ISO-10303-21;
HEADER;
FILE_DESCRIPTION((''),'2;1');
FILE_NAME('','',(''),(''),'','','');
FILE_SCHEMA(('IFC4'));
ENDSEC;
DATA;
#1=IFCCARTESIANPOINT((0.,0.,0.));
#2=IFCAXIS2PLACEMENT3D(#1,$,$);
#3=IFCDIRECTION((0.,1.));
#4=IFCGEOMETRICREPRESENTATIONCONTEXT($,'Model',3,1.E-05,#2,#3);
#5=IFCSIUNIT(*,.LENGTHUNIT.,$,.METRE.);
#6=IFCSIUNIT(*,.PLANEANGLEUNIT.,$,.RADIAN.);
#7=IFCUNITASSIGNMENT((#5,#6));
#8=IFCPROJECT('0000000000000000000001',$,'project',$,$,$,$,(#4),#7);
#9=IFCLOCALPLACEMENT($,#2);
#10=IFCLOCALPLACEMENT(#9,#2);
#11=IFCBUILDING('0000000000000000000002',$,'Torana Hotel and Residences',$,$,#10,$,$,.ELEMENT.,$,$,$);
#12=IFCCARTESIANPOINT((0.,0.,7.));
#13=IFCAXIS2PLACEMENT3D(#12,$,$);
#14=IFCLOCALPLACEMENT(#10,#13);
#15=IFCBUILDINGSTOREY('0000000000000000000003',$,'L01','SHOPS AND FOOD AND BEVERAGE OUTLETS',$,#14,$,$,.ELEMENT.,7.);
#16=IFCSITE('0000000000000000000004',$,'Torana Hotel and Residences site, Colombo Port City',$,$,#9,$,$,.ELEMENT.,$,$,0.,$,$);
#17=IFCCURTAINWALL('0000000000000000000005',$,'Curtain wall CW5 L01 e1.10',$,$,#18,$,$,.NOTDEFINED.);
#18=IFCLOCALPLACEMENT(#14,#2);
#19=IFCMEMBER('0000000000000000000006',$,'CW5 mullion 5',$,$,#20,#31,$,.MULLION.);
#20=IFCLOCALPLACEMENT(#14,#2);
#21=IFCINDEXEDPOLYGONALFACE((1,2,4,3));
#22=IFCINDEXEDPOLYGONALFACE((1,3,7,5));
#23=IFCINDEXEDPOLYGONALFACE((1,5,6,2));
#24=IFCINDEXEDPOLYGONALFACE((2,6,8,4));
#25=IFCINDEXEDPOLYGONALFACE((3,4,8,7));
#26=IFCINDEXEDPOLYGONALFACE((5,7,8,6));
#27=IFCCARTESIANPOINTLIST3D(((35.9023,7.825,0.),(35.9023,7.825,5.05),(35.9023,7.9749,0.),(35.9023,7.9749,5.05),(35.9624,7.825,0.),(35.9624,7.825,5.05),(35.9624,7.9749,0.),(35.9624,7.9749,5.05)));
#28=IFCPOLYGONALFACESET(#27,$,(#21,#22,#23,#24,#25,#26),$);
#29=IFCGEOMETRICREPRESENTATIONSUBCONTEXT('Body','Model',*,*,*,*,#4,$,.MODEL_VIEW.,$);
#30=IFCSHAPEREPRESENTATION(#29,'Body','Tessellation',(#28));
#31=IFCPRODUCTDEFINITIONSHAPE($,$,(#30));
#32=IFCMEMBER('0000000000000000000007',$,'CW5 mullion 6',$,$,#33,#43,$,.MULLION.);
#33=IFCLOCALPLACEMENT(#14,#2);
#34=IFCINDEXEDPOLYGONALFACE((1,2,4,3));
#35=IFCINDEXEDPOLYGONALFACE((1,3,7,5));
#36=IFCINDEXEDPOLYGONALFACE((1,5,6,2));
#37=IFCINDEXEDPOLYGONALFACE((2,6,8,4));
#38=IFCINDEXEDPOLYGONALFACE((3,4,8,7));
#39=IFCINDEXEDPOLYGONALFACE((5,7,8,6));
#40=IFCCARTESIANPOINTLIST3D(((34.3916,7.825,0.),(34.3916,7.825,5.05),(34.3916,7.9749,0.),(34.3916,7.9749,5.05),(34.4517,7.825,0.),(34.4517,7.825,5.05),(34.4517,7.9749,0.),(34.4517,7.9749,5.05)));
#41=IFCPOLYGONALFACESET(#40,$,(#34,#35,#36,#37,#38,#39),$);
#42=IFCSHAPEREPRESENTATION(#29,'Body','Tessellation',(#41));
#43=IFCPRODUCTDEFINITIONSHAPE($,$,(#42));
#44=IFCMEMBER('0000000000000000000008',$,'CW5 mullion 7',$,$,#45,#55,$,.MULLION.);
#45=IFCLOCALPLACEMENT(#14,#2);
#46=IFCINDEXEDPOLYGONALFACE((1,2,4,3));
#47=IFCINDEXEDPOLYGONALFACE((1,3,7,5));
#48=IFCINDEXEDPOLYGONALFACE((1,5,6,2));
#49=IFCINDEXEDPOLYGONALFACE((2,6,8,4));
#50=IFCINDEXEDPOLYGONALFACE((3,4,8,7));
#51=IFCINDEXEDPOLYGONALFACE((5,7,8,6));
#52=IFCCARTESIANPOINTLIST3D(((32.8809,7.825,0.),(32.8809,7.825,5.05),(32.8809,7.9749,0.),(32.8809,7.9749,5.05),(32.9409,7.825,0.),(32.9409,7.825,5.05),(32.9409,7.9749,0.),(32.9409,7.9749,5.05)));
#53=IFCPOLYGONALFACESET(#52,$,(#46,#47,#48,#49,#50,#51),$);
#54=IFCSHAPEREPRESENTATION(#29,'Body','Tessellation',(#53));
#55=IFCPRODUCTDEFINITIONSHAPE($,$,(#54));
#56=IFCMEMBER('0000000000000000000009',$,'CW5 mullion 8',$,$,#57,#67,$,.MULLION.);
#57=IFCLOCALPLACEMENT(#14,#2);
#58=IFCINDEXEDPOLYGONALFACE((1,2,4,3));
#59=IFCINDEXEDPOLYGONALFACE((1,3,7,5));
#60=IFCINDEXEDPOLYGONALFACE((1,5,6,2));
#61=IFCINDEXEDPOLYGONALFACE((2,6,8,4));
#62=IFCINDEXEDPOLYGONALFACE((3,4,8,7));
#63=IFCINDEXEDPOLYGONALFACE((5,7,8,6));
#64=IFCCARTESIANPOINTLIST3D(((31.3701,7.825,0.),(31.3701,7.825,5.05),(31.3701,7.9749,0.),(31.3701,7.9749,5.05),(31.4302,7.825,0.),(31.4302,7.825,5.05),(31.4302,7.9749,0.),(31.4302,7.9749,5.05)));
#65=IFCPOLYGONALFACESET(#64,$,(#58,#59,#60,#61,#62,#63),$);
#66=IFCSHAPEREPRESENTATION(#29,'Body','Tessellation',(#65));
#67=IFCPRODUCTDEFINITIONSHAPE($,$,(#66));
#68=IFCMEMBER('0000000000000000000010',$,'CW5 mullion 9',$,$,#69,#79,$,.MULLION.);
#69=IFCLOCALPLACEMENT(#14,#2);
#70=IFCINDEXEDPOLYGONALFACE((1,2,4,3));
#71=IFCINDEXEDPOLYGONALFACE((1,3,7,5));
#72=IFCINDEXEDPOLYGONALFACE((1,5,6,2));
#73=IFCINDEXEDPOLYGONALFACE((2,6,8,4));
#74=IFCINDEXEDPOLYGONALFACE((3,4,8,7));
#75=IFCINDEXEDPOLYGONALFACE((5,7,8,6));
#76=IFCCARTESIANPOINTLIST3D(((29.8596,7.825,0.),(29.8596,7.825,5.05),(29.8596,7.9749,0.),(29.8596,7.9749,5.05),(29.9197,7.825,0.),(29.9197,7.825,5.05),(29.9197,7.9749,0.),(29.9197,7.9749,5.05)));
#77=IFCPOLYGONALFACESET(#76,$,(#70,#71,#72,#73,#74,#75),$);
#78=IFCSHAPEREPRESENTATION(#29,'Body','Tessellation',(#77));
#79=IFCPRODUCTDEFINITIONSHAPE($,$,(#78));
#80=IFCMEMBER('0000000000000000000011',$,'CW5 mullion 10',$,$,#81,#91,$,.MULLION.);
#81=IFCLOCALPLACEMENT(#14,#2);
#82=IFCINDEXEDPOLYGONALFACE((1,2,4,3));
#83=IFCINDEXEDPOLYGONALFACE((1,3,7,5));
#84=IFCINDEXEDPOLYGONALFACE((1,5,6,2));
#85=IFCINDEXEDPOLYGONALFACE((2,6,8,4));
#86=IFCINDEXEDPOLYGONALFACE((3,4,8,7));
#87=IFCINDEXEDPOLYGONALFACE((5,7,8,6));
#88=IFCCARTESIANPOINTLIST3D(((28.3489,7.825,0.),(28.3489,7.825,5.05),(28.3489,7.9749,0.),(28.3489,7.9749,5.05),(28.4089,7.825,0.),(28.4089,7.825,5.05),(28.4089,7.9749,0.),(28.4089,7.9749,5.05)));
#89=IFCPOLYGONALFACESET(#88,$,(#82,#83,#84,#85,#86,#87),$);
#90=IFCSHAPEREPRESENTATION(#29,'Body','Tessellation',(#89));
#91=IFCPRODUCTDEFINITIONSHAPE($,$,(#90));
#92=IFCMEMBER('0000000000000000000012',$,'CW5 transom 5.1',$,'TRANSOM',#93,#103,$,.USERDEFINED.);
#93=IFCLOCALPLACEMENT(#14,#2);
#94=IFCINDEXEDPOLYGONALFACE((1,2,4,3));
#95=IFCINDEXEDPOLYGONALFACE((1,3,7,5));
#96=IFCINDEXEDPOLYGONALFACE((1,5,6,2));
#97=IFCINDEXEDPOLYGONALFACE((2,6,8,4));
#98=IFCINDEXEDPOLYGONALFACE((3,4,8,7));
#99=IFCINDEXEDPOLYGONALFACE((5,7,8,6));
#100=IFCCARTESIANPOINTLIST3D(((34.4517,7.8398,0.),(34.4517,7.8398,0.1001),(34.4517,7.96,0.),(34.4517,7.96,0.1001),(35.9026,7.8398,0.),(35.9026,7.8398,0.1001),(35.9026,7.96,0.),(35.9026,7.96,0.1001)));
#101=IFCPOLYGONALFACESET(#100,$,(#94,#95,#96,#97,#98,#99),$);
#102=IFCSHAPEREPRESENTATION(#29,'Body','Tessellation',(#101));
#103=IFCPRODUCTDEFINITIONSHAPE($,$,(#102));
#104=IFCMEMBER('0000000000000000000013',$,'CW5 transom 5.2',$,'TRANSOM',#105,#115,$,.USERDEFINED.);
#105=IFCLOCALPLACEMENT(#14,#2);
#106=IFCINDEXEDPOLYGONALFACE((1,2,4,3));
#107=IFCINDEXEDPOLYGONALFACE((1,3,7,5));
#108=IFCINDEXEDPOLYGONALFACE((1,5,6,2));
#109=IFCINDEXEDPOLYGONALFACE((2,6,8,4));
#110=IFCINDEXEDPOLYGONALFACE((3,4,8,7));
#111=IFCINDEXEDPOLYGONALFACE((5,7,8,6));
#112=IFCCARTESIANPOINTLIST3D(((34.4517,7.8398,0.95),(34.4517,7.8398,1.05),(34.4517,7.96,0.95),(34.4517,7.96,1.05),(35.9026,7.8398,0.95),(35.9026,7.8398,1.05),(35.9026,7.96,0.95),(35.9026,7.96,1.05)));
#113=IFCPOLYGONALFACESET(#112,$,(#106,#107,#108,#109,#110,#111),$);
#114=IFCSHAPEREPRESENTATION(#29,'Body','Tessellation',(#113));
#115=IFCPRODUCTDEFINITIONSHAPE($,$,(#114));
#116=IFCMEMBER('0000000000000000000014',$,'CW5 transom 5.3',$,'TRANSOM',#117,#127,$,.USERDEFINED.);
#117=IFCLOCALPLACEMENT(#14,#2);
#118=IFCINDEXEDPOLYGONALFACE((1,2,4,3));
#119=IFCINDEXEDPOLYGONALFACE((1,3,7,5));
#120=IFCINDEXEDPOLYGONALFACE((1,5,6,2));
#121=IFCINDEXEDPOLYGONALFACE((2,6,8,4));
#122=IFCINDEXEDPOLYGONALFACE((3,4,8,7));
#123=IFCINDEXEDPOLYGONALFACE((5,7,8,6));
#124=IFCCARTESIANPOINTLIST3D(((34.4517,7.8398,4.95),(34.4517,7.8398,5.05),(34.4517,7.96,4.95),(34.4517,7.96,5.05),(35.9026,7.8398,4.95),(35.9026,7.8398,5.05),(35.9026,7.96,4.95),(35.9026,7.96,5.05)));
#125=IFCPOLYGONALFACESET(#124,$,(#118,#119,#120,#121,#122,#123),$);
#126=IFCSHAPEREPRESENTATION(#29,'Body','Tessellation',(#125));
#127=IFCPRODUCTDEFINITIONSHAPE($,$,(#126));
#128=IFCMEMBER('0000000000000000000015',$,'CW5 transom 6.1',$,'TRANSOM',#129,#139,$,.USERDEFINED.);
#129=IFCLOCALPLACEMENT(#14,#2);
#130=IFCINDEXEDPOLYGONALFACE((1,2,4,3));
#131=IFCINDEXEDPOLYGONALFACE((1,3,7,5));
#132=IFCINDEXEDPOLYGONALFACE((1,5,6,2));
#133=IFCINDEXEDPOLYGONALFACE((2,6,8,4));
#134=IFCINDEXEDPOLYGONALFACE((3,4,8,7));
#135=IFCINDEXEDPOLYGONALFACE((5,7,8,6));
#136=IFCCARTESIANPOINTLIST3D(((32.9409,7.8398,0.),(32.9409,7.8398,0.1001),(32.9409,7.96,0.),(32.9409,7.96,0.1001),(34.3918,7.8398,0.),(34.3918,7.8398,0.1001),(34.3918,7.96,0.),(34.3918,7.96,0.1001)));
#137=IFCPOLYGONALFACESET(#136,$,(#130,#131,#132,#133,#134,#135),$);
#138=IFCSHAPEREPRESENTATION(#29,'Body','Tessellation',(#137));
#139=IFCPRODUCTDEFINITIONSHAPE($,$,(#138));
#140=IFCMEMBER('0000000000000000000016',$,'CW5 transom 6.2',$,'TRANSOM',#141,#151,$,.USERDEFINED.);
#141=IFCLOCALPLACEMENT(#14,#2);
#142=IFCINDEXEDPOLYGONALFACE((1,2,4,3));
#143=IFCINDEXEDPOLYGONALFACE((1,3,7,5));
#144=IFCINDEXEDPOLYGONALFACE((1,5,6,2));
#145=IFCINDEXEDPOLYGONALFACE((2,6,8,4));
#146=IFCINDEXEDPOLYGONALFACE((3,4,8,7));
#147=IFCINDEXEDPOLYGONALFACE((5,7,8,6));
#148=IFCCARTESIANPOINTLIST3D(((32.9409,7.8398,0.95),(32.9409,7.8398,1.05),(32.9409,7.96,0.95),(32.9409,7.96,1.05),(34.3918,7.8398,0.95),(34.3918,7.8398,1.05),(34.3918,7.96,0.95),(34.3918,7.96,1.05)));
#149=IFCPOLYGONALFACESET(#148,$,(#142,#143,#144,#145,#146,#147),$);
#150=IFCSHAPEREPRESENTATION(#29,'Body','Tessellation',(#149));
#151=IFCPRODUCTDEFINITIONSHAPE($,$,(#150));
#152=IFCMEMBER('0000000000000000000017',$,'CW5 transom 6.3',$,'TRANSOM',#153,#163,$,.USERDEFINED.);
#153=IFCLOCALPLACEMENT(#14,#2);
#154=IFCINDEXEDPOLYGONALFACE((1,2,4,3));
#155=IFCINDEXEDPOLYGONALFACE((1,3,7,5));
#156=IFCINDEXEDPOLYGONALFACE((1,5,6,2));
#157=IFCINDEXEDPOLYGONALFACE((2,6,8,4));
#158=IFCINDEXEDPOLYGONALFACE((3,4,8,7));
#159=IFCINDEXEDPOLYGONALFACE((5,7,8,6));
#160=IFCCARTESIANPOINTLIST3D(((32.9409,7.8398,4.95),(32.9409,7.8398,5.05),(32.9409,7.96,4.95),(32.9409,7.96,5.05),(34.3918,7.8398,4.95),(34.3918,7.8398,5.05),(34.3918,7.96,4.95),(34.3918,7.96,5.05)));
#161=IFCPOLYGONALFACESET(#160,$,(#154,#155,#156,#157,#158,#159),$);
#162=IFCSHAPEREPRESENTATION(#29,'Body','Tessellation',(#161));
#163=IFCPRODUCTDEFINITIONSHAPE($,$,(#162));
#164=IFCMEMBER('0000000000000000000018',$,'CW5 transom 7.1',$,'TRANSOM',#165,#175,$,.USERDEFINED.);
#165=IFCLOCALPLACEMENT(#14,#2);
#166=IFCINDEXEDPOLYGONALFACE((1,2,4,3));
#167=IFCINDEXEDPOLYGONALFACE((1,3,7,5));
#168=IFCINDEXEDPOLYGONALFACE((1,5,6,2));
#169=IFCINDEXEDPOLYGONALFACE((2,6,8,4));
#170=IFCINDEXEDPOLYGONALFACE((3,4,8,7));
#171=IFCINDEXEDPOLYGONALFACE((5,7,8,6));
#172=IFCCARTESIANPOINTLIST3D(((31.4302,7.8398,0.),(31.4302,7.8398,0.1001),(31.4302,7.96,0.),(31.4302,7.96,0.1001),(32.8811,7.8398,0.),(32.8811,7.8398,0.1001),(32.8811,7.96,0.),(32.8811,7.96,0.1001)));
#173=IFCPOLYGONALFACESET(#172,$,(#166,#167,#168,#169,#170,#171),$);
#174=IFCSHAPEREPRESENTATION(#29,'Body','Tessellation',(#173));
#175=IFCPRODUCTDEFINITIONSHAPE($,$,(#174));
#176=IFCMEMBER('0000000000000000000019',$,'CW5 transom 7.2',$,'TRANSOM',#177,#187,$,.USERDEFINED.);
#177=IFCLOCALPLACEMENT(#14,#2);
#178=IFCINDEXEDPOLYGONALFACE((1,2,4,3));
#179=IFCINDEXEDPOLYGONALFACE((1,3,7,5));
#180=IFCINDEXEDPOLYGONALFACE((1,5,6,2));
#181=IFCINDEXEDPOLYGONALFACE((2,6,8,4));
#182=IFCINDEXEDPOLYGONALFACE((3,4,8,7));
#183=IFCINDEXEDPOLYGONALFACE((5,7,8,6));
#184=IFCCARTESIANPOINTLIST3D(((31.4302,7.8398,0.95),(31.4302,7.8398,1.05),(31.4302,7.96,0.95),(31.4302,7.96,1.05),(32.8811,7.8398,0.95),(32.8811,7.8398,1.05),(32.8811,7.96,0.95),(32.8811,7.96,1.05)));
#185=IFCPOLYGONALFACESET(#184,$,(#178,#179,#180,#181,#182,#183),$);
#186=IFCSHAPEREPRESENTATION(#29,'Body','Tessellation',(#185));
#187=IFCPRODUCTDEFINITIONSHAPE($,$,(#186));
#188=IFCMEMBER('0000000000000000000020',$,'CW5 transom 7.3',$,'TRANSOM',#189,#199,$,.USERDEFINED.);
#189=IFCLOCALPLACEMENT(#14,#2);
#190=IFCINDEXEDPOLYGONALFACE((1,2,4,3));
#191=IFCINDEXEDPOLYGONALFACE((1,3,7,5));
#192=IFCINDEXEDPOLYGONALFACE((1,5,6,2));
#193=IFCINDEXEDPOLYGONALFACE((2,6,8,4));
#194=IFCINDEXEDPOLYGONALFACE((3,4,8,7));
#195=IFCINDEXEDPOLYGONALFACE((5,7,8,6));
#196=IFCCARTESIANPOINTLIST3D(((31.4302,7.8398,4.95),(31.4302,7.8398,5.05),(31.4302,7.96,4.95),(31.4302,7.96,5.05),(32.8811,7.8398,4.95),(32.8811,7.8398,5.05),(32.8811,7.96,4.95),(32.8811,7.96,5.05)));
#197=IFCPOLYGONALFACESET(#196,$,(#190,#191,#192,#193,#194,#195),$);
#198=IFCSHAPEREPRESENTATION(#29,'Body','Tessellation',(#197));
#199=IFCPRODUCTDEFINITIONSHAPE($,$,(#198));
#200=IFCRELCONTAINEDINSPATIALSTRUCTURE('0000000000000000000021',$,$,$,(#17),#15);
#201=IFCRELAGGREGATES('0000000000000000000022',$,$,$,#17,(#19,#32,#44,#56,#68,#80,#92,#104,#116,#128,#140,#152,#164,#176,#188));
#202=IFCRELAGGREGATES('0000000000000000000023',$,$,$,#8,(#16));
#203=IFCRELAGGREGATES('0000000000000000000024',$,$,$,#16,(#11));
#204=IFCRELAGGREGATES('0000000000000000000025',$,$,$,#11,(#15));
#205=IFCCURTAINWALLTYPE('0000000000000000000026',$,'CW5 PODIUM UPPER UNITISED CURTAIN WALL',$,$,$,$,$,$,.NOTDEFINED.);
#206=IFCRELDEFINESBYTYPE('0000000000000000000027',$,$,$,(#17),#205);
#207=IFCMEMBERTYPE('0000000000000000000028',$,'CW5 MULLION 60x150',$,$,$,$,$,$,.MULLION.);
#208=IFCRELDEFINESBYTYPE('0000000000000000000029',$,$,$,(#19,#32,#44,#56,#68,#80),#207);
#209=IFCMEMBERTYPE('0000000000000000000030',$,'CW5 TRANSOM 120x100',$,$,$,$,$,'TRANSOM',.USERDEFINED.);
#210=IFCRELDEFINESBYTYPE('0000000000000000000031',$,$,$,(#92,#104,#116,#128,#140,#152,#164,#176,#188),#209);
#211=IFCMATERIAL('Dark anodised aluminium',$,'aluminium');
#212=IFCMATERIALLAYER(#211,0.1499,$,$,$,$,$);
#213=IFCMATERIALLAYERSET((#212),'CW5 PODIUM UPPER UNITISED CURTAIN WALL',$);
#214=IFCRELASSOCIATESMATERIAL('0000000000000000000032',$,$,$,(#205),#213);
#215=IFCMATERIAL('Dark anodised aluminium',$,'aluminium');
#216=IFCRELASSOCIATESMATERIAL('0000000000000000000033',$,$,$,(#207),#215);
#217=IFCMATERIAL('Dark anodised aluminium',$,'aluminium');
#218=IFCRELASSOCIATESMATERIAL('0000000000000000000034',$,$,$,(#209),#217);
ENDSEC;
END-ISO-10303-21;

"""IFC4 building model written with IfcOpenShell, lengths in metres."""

from ifc_helpers import new_model, si_unit, direction, frame, origin, origin_2d, place, context, subcontext, project, spatial, rectangle, extrude, material, layer, layer_set, material_profile, profile_set, type_object, element, aggregate, save


model = new_model("IFC4")

# Units and contexts
model_context = context("Model", 3, precision=1e-05, world=origin(), true_north=direction((0.0, 1.0)))
body_context = subcontext(model_context, "Body", "Model", "MODEL_VIEW")
ifc_project = project(units=[si_unit("LENGTHUNIT", "METRE"), si_unit("PLANEANGLEUNIT", "RADIAN")], contexts=[model_context])

# Site, building, storey
site_placement = place(None, origin())
site = spatial("IfcSite", under=ifc_project, at=site_placement, Name="Torana Hotel and Residences site, Colombo Port City", CompositionType="ELEMENT", RefElevation=0.0)
building_placement = place(site_placement, origin())
building = spatial("IfcBuilding", under=site, at=building_placement, Name="Torana Hotel and Residences", CompositionType="ELEMENT")
storey_placement = place(building_placement, frame((0.0, 0.0, 7.0)))
storey = spatial("IfcBuildingStorey", under=building, at=storey_placement, Name="L01", Description="SHOPS AND FOOD AND BEVERAGE OUTLETS", CompositionType="ELEMENT", Elevation=7.0)

# Curtain wall, members
ifc_material_1 = material(Name="Dark anodised aluminium", Category="aluminium")
ifc_layer_1 = layer(ifc_material_1, 0.1499)
ifc_layer_set_1 = layer_set([ifc_layer_1], Name="CW5 PODIUM UPPER UNITISED CURTAIN WALL")
curtain_wall_type = type_object("IfcCurtainWallType", Name="CW5 PODIUM UPPER UNITISED CURTAIN WALL", PredefinedType="NOTDEFINED", material=ifc_layer_set_1)
curtain_wall_placement = place(storey_placement, origin())
curtain_wall = element("IfcCurtainWall", 1, at=curtain_wall_placement, inside=storey, type_object=curtain_wall_type, Name="Curtain wall CW5 L01 e1.10", PredefinedType="NOTDEFINED")
ifc_material_2 = material(Name="Dark anodised aluminium", Category="aluminium")
ifc_material_profile_1 = material_profile(ifc_material_2, rectangle(XDim=0.1499, YDim=0.0601, at=origin_2d()), Name="CW5 MULLION 60x150")
ifc_profile_set_1 = profile_set([ifc_material_profile_1], Name="Dark anodised aluminium")
member_type_1 = type_object("IfcMemberType", Name="CW5 MULLION 60x150", PredefinedType="MULLION", material=ifc_profile_set_1)
member_1_placement = place(storey_placement, frame((35.9324, 7.8999, 0.0), z_axis=(0.0, 0.0, 1.0), x_axis=(0.0, -1.0, 0.0)))
member_1 = element("IfcMember", 2, at=member_1_placement, type_object=member_type_1, Name="CW5 mullion 5", PredefinedType="MULLION", context=body_context, shape_type="SweptSolid", body=[
    extrude(rectangle(XDim=0.1499, YDim=0.0601, at=origin_2d()), origin(), (0.0, 0.0, 1.0), 5.05),
])
member_2_placement = place(storey_placement, frame((34.4216, 7.8999, 0.0), z_axis=(0.0, 0.0, 1.0), x_axis=(0.0, -1.0, 0.0)))
member_2 = element("IfcMember", 3, at=member_2_placement, type_object=member_type_1, Name="CW5 mullion 6", PredefinedType="MULLION", context=body_context, shape_type="SweptSolid", body=[
    extrude(rectangle(XDim=0.1499, YDim=0.0601, at=origin_2d()), origin(), (0.0, 0.0, 1.0), 5.05),
])
member_3_placement = place(storey_placement, frame((32.9109, 7.8999, 0.0), z_axis=(0.0, 0.0, 1.0), x_axis=(0.0, -1.0, 0.0)))
member_3 = element("IfcMember", 4, at=member_3_placement, type_object=member_type_1, Name="CW5 mullion 7", PredefinedType="MULLION", context=body_context, shape_type="SweptSolid", body=[
    extrude(rectangle(XDim=0.1499, YDim=0.0601, at=origin_2d()), origin(), (0.0, 0.0, 1.0), 5.05),
])
member_4_placement = place(storey_placement, frame((31.4001, 7.8999, 0.0), z_axis=(0.0, 0.0, 1.0), x_axis=(0.0, -1.0, 0.0)))
member_4 = element("IfcMember", 5, at=member_4_placement, type_object=member_type_1, Name="CW5 mullion 8", PredefinedType="MULLION", context=body_context, shape_type="SweptSolid", body=[
    extrude(rectangle(XDim=0.1499, YDim=0.0601, at=origin_2d()), origin(), (0.0, 0.0, 1.0), 5.05),
])
member_5_placement = place(storey_placement, frame((29.8896, 7.8999, 0.0), z_axis=(0.0, 0.0, 1.0), x_axis=(0.0, -1.0, 0.0)))
member_5 = element("IfcMember", 6, at=member_5_placement, type_object=member_type_1, Name="CW5 mullion 9", PredefinedType="MULLION", context=body_context, shape_type="SweptSolid", body=[
    extrude(rectangle(XDim=0.1499, YDim=0.0601, at=origin_2d()), origin(), (0.0, 0.0, 1.0), 5.05),
])
member_6_placement = place(storey_placement, frame((28.3789, 7.8999, 0.0), z_axis=(0.0, 0.0, 1.0), x_axis=(0.0, -1.0, 0.0)))
member_6 = element("IfcMember", 7, at=member_6_placement, type_object=member_type_1, Name="CW5 mullion 10", PredefinedType="MULLION", context=body_context, shape_type="SweptSolid", body=[
    extrude(rectangle(XDim=0.1499, YDim=0.0601, at=origin_2d()), origin(), (0.0, 0.0, 1.0), 5.05),
])
ifc_material_3 = material(Name="Dark anodised aluminium", Category="aluminium")
ifc_material_profile_2 = material_profile(ifc_material_3, rectangle(XDim=0.1201, YDim=0.1001, at=origin_2d()), Name="CW5 TRANSOM 120x100")
ifc_profile_set_2 = profile_set([ifc_material_profile_2], Name="Dark anodised aluminium")
member_type_2 = type_object("IfcMemberType", Name="CW5 TRANSOM 120x100", ElementType="TRANSOM", PredefinedType="USERDEFINED", material=ifc_profile_set_2)
member_7_placement = place(storey_placement, frame((35.9026, 7.8999, 0.05), z_axis=(-1.0, 0.0, 0.0), x_axis=(0.0, -1.0, 0.0)))
member_7 = element("IfcMember", 8, at=member_7_placement, type_object=member_type_2, Name="CW5 transom 5.1", ObjectType="TRANSOM", PredefinedType="USERDEFINED", context=body_context, shape_type="SweptSolid", body=[
    extrude(rectangle(XDim=0.1201, YDim=0.1001, at=origin_2d()), origin(), (0.0, 0.0, 1.0), 1.4509),
])
member_8_placement = place(storey_placement, frame((35.9026, 7.8999, 1.0), z_axis=(-1.0, 0.0, 0.0), x_axis=(0.0, -1.0, 0.0)))
member_8 = element("IfcMember", 9, at=member_8_placement, type_object=member_type_2, Name="CW5 transom 5.2", ObjectType="TRANSOM", PredefinedType="USERDEFINED", context=body_context, shape_type="SweptSolid", body=[
    extrude(rectangle(XDim=0.1201, YDim=0.1001, at=origin_2d()), origin(), (0.0, 0.0, 1.0), 1.4509),
])
member_9_placement = place(storey_placement, frame((35.9026, 7.8999, 5.0), z_axis=(-1.0, 0.0, 0.0), x_axis=(0.0, -1.0, 0.0)))
member_9 = element("IfcMember", 10, at=member_9_placement, type_object=member_type_2, Name="CW5 transom 5.3", ObjectType="TRANSOM", PredefinedType="USERDEFINED", context=body_context, shape_type="SweptSolid", body=[
    extrude(rectangle(XDim=0.1201, YDim=0.1001, at=origin_2d()), origin(), (0.0, 0.0, 1.0), 1.4509),
])
member_10_placement = place(storey_placement, frame((34.3918, 7.8999, 0.05), z_axis=(-1.0, 0.0, 0.0), x_axis=(0.0, -1.0, 0.0)))
member_10 = element("IfcMember", 11, at=member_10_placement, type_object=member_type_2, Name="CW5 transom 6.1", ObjectType="TRANSOM", PredefinedType="USERDEFINED", context=body_context, shape_type="SweptSolid", body=[
    extrude(rectangle(XDim=0.1201, YDim=0.1001, at=origin_2d()), origin(), (0.0, 0.0, 1.0), 1.4509),
])
member_11_placement = place(storey_placement, frame((34.3918, 7.8999, 1.0), z_axis=(-1.0, 0.0, 0.0), x_axis=(0.0, -1.0, 0.0)))
member_11 = element("IfcMember", 12, at=member_11_placement, type_object=member_type_2, Name="CW5 transom 6.2", ObjectType="TRANSOM", PredefinedType="USERDEFINED", context=body_context, shape_type="SweptSolid", body=[
    extrude(rectangle(XDim=0.1201, YDim=0.1001, at=origin_2d()), origin(), (0.0, 0.0, 1.0), 1.4509),
])
member_12_placement = place(storey_placement, frame((34.3918, 7.8999, 5.0), z_axis=(-1.0, 0.0, 0.0), x_axis=(0.0, -1.0, 0.0)))
member_12 = element("IfcMember", 13, at=member_12_placement, type_object=member_type_2, Name="CW5 transom 6.3", ObjectType="TRANSOM", PredefinedType="USERDEFINED", context=body_context, shape_type="SweptSolid", body=[
    extrude(rectangle(XDim=0.1201, YDim=0.1001, at=origin_2d()), origin(), (0.0, 0.0, 1.0), 1.4509),
])
member_13_placement = place(storey_placement, frame((32.8811, 7.8999, 0.05), z_axis=(-1.0, 0.0, 0.0), x_axis=(0.0, -1.0, 0.0)))
member_13 = element("IfcMember", 14, at=member_13_placement, type_object=member_type_2, Name="CW5 transom 7.1", ObjectType="TRANSOM", PredefinedType="USERDEFINED", context=body_context, shape_type="SweptSolid", body=[
    extrude(rectangle(XDim=0.1201, YDim=0.1001, at=origin_2d()), origin(), (0.0, 0.0, 1.0), 1.4509),
])
member_14_placement = place(storey_placement, frame((32.8811, 7.8999, 1.0), z_axis=(-1.0, 0.0, 0.0), x_axis=(0.0, -1.0, 0.0)))
member_14 = element("IfcMember", 15, at=member_14_placement, type_object=member_type_2, Name="CW5 transom 7.2", ObjectType="TRANSOM", PredefinedType="USERDEFINED", context=body_context, shape_type="SweptSolid", body=[
    extrude(rectangle(XDim=0.1201, YDim=0.1001, at=origin_2d()), origin(), (0.0, 0.0, 1.0), 1.4509),
])
member_15_placement = place(storey_placement, frame((32.8811, 7.8999, 5.0), z_axis=(-1.0, 0.0, 0.0), x_axis=(0.0, -1.0, 0.0)))
member_15 = element("IfcMember", 16, at=member_15_placement, type_object=member_type_2, Name="CW5 transom 7.3", ObjectType="TRANSOM", PredefinedType="USERDEFINED", context=body_context, shape_type="SweptSolid", body=[
    extrude(rectangle(XDim=0.1201, YDim=0.1001, at=origin_2d()), origin(), (0.0, 0.0, 1.0), 1.4509),
])
aggregate(curtain_wall, [member_1, member_2, member_3, member_4, member_5, member_6, member_7, member_8, member_9, member_10, member_11, member_12, member_13, member_14, member_15])

save(model, "model.ifc")
